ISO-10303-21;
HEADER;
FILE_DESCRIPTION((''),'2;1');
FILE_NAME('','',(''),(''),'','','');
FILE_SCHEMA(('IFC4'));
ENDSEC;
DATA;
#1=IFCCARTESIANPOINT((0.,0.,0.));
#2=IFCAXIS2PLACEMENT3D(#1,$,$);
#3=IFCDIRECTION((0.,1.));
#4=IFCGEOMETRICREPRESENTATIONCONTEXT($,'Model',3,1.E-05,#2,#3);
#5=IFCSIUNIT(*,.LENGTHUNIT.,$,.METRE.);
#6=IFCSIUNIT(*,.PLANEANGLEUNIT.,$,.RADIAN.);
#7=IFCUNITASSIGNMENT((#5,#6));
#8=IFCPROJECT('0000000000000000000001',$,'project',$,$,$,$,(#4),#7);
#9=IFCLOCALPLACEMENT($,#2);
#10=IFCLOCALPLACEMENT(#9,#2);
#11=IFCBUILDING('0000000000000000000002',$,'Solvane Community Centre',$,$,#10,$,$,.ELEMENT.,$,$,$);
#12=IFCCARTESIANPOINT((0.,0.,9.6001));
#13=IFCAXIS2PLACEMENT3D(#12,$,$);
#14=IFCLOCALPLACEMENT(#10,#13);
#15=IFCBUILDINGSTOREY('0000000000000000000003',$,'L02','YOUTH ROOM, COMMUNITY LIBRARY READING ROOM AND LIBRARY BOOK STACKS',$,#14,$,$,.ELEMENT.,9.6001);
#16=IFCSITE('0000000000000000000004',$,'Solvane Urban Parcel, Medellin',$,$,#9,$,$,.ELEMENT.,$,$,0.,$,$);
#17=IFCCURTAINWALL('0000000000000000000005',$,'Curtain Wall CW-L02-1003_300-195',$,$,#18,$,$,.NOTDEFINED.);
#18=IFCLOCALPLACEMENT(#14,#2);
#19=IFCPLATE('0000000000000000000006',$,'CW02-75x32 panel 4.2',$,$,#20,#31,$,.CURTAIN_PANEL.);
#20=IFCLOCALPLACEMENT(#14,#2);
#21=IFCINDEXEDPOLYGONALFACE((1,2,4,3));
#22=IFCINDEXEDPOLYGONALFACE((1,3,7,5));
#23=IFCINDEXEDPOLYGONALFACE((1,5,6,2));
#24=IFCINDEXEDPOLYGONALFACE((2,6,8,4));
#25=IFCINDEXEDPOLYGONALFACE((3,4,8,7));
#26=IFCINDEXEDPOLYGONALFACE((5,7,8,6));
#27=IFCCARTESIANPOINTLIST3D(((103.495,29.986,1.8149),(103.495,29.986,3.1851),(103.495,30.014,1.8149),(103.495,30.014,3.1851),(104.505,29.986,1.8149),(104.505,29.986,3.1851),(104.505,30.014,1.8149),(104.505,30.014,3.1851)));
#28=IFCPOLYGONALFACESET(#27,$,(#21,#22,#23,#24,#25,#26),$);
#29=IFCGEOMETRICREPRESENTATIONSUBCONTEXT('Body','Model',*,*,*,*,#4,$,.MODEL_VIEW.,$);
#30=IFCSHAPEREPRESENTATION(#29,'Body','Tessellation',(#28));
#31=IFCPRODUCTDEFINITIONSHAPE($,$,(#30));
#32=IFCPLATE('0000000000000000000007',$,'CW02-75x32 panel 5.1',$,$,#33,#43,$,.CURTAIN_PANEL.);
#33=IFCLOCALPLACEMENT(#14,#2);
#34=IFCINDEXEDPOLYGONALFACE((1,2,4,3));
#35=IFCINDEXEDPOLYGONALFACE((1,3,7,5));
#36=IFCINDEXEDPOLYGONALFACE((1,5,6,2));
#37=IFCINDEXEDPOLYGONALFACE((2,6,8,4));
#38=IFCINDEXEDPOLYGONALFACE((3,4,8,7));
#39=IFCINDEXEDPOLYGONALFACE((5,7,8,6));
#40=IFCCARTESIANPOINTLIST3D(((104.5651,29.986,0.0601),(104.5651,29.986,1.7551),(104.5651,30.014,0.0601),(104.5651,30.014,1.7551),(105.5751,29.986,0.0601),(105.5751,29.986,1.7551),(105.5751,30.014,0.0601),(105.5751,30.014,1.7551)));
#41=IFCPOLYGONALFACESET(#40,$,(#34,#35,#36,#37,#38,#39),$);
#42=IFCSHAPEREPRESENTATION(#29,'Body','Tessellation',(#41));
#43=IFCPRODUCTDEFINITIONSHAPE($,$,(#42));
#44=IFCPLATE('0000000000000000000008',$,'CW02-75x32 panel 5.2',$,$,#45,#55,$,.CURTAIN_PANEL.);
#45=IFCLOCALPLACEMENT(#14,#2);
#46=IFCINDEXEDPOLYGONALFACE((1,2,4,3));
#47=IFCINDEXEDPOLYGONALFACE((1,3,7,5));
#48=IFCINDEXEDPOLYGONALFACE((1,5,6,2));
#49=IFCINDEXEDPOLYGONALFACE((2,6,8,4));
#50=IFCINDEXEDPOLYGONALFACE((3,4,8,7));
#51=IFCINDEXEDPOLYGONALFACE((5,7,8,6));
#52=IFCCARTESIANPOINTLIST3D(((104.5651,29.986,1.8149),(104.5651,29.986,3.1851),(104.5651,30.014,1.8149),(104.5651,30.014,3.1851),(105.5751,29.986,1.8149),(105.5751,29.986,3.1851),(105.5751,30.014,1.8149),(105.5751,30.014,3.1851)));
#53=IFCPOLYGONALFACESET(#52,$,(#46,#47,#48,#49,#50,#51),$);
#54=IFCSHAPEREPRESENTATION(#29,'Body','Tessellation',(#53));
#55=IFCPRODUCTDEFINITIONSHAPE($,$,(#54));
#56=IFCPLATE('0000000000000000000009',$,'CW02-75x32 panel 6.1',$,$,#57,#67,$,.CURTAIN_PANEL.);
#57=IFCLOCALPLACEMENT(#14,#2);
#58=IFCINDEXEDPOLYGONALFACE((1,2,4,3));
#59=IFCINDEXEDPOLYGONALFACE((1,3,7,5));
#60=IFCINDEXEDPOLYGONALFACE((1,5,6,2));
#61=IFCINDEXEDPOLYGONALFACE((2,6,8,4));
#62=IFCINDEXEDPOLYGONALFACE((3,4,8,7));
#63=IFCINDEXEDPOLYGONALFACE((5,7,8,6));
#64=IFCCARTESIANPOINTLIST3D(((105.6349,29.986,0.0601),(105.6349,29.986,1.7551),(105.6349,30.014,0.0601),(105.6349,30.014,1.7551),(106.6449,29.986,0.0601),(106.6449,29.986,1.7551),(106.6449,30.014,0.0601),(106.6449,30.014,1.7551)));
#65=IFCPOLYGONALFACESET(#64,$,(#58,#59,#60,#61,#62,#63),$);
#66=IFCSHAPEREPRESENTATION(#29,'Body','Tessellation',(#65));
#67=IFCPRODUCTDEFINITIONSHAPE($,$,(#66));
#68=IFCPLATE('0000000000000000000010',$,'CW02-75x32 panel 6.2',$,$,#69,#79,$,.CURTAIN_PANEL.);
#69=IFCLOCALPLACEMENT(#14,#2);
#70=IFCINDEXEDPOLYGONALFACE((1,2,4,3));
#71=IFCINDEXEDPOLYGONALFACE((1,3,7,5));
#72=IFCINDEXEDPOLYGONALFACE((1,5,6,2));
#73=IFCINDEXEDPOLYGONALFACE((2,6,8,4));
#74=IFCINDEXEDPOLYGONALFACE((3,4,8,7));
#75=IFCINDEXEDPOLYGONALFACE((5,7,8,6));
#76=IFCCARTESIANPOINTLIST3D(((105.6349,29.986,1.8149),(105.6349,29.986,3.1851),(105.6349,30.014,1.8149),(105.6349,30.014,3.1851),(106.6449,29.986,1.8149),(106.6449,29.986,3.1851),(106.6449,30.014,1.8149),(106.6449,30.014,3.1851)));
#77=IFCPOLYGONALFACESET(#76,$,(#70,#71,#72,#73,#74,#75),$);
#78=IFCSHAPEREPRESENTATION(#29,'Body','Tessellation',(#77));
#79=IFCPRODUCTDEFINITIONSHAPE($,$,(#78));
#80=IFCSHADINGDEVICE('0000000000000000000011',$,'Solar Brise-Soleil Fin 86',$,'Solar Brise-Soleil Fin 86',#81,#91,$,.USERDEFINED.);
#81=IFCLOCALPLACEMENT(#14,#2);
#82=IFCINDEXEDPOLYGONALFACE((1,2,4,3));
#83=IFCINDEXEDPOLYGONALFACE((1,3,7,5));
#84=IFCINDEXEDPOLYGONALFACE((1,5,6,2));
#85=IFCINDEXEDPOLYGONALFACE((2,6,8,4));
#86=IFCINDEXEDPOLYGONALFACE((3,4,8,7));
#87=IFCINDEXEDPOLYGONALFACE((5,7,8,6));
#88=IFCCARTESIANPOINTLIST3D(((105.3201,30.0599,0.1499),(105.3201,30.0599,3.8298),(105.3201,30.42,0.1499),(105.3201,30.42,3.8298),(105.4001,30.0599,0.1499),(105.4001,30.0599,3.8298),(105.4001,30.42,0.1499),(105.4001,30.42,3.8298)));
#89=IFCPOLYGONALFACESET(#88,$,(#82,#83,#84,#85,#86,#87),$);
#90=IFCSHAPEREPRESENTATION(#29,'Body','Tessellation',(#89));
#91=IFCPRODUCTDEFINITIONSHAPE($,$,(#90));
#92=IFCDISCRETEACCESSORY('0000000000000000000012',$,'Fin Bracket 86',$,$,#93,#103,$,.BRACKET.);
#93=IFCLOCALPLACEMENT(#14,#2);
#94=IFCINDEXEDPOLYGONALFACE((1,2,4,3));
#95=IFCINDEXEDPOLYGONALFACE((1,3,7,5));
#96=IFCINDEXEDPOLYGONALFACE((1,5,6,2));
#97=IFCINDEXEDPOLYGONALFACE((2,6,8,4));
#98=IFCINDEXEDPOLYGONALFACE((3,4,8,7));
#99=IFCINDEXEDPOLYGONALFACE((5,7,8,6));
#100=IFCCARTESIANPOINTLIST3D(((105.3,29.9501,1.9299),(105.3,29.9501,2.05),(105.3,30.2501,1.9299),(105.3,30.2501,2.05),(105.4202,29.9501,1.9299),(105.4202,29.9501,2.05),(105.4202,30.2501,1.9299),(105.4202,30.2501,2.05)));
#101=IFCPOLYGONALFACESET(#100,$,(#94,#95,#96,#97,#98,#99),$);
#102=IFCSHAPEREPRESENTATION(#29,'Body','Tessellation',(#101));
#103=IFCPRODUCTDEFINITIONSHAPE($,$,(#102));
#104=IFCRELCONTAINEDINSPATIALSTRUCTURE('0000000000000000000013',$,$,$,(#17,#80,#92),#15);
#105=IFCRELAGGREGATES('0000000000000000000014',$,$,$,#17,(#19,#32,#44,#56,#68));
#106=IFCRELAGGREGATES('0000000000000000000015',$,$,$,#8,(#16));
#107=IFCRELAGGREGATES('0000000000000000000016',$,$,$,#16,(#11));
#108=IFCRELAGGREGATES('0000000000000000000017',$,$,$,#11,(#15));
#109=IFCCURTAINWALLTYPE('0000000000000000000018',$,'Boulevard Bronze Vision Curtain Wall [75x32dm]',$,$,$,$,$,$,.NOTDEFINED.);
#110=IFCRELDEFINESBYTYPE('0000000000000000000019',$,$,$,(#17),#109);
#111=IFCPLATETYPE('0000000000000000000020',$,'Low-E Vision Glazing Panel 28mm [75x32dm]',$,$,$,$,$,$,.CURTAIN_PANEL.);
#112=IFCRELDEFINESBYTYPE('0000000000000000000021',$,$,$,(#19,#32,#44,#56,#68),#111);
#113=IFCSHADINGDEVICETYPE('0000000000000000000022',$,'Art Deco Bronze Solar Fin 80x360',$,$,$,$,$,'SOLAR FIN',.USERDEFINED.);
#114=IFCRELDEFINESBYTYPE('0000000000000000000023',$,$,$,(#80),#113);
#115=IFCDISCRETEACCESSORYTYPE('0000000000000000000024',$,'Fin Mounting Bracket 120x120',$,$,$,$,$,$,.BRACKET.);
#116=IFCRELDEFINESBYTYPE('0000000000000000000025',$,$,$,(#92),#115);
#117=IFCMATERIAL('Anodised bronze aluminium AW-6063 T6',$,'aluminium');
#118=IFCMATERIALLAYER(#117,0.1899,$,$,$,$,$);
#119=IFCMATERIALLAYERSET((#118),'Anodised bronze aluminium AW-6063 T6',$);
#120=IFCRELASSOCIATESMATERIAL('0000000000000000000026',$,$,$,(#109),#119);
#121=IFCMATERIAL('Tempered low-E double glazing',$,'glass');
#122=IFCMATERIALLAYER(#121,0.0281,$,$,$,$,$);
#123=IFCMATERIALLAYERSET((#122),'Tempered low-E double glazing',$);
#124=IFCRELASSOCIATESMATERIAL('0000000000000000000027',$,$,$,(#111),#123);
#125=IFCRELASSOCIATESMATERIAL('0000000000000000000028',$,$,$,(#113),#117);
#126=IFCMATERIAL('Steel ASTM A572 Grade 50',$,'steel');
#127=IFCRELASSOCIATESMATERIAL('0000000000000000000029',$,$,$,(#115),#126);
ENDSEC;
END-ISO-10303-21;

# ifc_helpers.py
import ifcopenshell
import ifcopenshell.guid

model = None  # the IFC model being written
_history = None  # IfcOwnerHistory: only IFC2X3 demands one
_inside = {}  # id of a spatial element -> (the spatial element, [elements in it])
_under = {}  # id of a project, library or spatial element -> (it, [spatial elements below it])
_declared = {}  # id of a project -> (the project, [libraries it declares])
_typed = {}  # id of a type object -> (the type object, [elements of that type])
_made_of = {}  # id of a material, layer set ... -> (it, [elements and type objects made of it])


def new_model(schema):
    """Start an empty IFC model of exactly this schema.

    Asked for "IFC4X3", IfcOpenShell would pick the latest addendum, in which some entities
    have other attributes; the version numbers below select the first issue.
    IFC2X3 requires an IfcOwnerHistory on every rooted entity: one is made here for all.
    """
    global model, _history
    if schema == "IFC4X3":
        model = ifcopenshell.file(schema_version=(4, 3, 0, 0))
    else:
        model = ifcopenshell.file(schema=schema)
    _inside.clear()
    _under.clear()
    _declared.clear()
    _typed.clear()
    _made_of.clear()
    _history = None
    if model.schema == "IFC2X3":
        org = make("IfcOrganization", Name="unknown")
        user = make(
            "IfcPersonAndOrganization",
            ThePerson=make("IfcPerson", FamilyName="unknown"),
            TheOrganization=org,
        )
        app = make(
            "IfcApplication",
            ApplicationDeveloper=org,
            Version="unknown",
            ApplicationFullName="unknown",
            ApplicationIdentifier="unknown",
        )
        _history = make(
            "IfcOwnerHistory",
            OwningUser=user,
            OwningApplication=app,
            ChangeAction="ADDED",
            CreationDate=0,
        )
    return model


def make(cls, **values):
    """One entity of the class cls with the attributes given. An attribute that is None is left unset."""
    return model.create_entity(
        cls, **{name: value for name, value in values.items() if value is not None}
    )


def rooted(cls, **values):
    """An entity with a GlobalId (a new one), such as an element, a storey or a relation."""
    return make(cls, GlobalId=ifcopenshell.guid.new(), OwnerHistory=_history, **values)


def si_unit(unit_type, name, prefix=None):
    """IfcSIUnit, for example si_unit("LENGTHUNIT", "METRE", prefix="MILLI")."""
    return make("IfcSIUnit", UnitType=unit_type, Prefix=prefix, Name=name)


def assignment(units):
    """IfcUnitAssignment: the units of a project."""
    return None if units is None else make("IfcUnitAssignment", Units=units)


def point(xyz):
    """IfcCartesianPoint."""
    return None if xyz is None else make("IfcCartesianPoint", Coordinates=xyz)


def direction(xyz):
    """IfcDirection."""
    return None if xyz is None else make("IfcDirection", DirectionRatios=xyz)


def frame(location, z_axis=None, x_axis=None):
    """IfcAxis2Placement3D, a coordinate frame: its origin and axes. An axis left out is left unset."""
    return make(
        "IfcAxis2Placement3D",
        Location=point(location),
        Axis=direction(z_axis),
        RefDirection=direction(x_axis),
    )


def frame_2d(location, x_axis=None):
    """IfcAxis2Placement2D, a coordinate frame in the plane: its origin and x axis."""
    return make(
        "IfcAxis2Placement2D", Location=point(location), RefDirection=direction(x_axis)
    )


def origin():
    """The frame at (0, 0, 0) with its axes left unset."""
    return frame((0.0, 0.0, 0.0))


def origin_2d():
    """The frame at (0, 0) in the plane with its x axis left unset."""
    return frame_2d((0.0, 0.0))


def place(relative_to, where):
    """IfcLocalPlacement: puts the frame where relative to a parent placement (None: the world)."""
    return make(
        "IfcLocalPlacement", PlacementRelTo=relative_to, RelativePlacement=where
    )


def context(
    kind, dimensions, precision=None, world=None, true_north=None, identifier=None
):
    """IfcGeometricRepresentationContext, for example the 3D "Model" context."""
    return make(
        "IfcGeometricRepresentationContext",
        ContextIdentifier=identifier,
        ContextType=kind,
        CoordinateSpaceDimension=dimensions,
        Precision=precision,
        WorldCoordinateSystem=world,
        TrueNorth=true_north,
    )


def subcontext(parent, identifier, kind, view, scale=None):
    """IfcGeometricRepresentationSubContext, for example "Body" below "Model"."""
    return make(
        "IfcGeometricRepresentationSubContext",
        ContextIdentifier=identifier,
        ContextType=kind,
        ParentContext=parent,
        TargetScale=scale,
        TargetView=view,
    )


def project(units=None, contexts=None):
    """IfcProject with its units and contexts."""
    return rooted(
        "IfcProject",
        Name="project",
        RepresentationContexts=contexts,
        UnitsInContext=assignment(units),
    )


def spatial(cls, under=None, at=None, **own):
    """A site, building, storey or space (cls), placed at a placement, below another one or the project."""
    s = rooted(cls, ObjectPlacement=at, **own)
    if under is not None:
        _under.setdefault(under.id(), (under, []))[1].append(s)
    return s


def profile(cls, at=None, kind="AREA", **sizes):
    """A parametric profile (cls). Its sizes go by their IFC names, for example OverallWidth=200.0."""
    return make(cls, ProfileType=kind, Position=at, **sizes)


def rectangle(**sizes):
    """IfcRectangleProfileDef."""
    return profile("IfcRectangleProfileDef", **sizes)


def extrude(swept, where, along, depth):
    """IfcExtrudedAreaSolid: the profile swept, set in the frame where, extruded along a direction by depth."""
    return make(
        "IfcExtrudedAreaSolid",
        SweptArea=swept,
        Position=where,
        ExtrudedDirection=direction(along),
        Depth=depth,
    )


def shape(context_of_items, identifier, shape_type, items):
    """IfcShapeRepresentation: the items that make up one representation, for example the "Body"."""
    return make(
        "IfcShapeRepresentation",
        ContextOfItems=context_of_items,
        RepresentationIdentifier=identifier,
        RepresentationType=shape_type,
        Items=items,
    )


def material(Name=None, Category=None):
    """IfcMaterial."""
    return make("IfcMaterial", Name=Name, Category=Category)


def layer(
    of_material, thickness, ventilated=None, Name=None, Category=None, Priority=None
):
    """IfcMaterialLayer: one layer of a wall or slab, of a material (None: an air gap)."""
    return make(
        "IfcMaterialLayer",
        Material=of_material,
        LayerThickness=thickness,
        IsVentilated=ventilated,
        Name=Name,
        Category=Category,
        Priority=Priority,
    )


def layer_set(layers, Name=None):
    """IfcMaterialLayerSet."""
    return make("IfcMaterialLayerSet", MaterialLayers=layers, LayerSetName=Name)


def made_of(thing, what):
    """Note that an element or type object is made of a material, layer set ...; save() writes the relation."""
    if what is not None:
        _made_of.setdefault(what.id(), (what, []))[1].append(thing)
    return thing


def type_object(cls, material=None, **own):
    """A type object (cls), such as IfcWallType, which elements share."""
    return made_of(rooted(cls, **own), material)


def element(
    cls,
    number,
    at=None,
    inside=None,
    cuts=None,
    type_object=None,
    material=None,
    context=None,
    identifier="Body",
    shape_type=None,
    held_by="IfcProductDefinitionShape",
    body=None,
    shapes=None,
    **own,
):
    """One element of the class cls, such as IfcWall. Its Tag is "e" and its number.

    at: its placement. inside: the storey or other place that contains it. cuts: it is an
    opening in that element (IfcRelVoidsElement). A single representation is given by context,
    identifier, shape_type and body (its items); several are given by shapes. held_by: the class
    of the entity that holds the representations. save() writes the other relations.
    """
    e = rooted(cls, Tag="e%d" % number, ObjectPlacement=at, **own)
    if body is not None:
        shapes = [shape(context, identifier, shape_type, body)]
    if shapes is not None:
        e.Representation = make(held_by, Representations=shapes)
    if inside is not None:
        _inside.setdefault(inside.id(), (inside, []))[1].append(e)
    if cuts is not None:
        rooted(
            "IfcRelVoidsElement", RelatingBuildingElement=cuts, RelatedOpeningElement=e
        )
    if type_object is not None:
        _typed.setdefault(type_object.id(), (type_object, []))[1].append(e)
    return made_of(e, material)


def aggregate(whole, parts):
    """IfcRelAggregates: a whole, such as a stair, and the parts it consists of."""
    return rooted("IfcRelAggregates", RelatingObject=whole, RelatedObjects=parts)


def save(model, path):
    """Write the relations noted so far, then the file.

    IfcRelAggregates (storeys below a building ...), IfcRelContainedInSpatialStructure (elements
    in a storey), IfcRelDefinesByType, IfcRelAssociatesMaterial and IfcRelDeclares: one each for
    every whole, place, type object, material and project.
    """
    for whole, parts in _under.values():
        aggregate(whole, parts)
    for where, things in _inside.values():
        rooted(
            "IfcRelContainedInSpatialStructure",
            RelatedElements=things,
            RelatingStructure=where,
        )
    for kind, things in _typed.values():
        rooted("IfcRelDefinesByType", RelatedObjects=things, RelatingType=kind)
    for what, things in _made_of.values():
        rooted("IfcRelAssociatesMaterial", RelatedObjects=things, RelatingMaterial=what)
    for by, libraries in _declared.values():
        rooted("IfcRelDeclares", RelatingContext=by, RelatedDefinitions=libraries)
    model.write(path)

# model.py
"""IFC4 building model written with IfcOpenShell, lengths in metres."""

from ifc_helpers import new_model, si_unit, direction, frame, origin, origin_2d, place, context, subcontext, project, spatial, rectangle, extrude, material, layer, layer_set, type_object, element, aggregate, save


model = new_model("IFC4")

# Units and contexts
model_context = context("Model", 3, precision=1e-05, world=origin(), true_north=direction((0.0, 1.0)))
body_context = subcontext(model_context, "Body", "Model", "MODEL_VIEW")
ifc_project = project(units=[si_unit("LENGTHUNIT", "METRE"), si_unit("PLANEANGLEUNIT", "RADIAN")], contexts=[model_context])

# Site, building, storey
site_placement = place(None, origin())
site = spatial("IfcSite", under=ifc_project, at=site_placement, Name="Solvane Urban Parcel, Medellin", CompositionType="ELEMENT", RefElevation=0.0)
building_placement = place(site_placement, origin())
building = spatial("IfcBuilding", under=site, at=building_placement, Name="Solvane Community Centre", CompositionType="ELEMENT")
storey_placement = place(building_placement, frame((0.0, 0.0, 9.6001)))
storey = spatial("IfcBuildingStorey", under=building, at=storey_placement, Name="L02", Description="YOUTH ROOM, COMMUNITY LIBRARY READING ROOM AND LIBRARY BOOK STACKS", CompositionType="ELEMENT", Elevation=9.6001)

# Curtain wall, plates
ifc_material_1 = material(Name="Anodised bronze aluminium AW-6063 T6", Category="aluminium")
ifc_layer_1 = layer(ifc_material_1, 0.1899)
ifc_layer_set_1 = layer_set([ifc_layer_1], Name="Anodised bronze aluminium AW-6063 T6")
curtain_wall_type = type_object("IfcCurtainWallType", Name="Boulevard Bronze Vision Curtain Wall [75x32dm]", PredefinedType="NOTDEFINED", material=ifc_layer_set_1)
curtain_wall_placement = place(storey_placement, origin())
curtain_wall = element("IfcCurtainWall", 1, at=curtain_wall_placement, inside=storey, type_object=curtain_wall_type, Name="Curtain Wall CW-L02-1003_300-195", PredefinedType="NOTDEFINED")
ifc_material_2 = material(Name="Tempered low-E double glazing", Category="glass")
ifc_layer_2 = layer(ifc_material_2, 0.0281)
ifc_layer_set_2 = layer_set([ifc_layer_2], Name="Tempered low-E double glazing")
plate_type = type_object("IfcPlateType", Name="Low-E Vision Glazing Panel 28mm [75x32dm]", PredefinedType="CURTAIN_PANEL", material=ifc_layer_set_2)
plate_1_placement = place(storey_placement, frame((104.0, 30.0, 1.8149), z_axis=(0.0, 0.0, 1.0), x_axis=(1.0, 0.0, 0.0)))
plate_1 = element("IfcPlate", 2, at=plate_1_placement, type_object=plate_type, Name="CW02-75x32 panel 4.2", PredefinedType="CURTAIN_PANEL", context=body_context, shape_type="SweptSolid", body=[
    extrude(rectangle(XDim=1.01, YDim=0.0281, at=origin_2d()), origin(), (0.0, 0.0, 1.0), 1.3701),
])
plate_2_placement = place(storey_placement, frame((105.0701, 30.0, 0.0601), z_axis=(0.0, 0.0, 1.0), x_axis=(1.0, 0.0, 0.0)))
plate_2 = element("IfcPlate", 3, at=plate_2_placement, type_object=plate_type, Name="CW02-75x32 panel 5.1", PredefinedType="CURTAIN_PANEL", context=body_context, shape_type="SweptSolid", body=[
    extrude(rectangle(XDim=1.01, YDim=0.0281, at=origin_2d()), origin(), (0.0, 0.0, 1.0), 1.6951),
])
plate_3_placement = place(storey_placement, frame((105.0701, 30.0, 1.8149), z_axis=(0.0, 0.0, 1.0), x_axis=(1.0, 0.0, 0.0)))
plate_3 = element("IfcPlate", 4, at=plate_3_placement, type_object=plate_type, Name="CW02-75x32 panel 5.2", PredefinedType="CURTAIN_PANEL", context=body_context, shape_type="SweptSolid", body=[
    extrude(rectangle(XDim=1.01, YDim=0.0281, at=origin_2d()), origin(), (0.0, 0.0, 1.0), 1.3701),
])
plate_4_placement = place(storey_placement, frame((106.1399, 30.0, 0.0601), z_axis=(0.0, 0.0, 1.0), x_axis=(1.0, 0.0, 0.0)))
plate_4 = element("IfcPlate", 5, at=plate_4_placement, type_object=plate_type, Name="CW02-75x32 panel 6.1", PredefinedType="CURTAIN_PANEL", context=body_context, shape_type="SweptSolid", body=[
    extrude(rectangle(XDim=1.01, YDim=0.0281, at=origin_2d()), origin(), (0.0, 0.0, 1.0), 1.6951),
])
plate_5_placement = place(storey_placement, frame((106.1399, 30.0, 1.8149), z_axis=(0.0, 0.0, 1.0), x_axis=(1.0, 0.0, 0.0)))
plate_5 = element("IfcPlate", 6, at=plate_5_placement, type_object=plate_type, Name="CW02-75x32 panel 6.2", PredefinedType="CURTAIN_PANEL", context=body_context, shape_type="SweptSolid", body=[
    extrude(rectangle(XDim=1.01, YDim=0.0281, at=origin_2d()), origin(), (0.0, 0.0, 1.0), 1.3701),
])
aggregate(curtain_wall, [plate_1, plate_2, plate_3, plate_4, plate_5])

# Shading device
shading_device_type = type_object("IfcShadingDeviceType", Name="Art Deco Bronze Solar Fin 80x360", ElementType="SOLAR FIN", PredefinedType="USERDEFINED", material=ifc_material_1)
shading_device_placement = place(storey_placement, frame((105.3601, 30.24, 0.1499), z_axis=(0.0, 0.0, 1.0), x_axis=(1.0, 0.0, 0.0)))
element("IfcShadingDevice", 7, at=shading_device_placement, inside=storey, type_object=shading_device_type, Name="Solar Brise-Soleil Fin 86", ObjectType="Solar Brise-Soleil Fin 86", PredefinedType="USERDEFINED", context=body_context, shape_type="SweptSolid", body=[
    extrude(rectangle(XDim=0.0801, YDim=0.3601, at=origin_2d()), origin(), (0.0, 0.0, 1.0), 3.6799),
])

# Discrete accessory
ifc_material_3 = material(Name="Steel ASTM A572 Grade 50", Category="steel")
discrete_accessory_type = type_object("IfcDiscreteAccessoryType", Name="Fin Mounting Bracket 120x120", PredefinedType="BRACKET", material=ifc_material_3)
discrete_accessory_placement = place(storey_placement, frame((105.3601, 30.1001, 1.9299), z_axis=(0.0, 0.0, 1.0), x_axis=(1.0, 0.0, 0.0)))
element("IfcDiscreteAccessory", 8, at=discrete_accessory_placement, inside=storey, type_object=discrete_accessory_type, Name="Fin Bracket 86", PredefinedType="BRACKET", context=body_context, shape_type="SweptSolid", body=[
    extrude(rectangle(XDim=0.1201, YDim=0.3, at=origin_2d()), origin(), (0.0, 0.0, 1.0), 0.1201),
])

save(model, "model.ifc")
